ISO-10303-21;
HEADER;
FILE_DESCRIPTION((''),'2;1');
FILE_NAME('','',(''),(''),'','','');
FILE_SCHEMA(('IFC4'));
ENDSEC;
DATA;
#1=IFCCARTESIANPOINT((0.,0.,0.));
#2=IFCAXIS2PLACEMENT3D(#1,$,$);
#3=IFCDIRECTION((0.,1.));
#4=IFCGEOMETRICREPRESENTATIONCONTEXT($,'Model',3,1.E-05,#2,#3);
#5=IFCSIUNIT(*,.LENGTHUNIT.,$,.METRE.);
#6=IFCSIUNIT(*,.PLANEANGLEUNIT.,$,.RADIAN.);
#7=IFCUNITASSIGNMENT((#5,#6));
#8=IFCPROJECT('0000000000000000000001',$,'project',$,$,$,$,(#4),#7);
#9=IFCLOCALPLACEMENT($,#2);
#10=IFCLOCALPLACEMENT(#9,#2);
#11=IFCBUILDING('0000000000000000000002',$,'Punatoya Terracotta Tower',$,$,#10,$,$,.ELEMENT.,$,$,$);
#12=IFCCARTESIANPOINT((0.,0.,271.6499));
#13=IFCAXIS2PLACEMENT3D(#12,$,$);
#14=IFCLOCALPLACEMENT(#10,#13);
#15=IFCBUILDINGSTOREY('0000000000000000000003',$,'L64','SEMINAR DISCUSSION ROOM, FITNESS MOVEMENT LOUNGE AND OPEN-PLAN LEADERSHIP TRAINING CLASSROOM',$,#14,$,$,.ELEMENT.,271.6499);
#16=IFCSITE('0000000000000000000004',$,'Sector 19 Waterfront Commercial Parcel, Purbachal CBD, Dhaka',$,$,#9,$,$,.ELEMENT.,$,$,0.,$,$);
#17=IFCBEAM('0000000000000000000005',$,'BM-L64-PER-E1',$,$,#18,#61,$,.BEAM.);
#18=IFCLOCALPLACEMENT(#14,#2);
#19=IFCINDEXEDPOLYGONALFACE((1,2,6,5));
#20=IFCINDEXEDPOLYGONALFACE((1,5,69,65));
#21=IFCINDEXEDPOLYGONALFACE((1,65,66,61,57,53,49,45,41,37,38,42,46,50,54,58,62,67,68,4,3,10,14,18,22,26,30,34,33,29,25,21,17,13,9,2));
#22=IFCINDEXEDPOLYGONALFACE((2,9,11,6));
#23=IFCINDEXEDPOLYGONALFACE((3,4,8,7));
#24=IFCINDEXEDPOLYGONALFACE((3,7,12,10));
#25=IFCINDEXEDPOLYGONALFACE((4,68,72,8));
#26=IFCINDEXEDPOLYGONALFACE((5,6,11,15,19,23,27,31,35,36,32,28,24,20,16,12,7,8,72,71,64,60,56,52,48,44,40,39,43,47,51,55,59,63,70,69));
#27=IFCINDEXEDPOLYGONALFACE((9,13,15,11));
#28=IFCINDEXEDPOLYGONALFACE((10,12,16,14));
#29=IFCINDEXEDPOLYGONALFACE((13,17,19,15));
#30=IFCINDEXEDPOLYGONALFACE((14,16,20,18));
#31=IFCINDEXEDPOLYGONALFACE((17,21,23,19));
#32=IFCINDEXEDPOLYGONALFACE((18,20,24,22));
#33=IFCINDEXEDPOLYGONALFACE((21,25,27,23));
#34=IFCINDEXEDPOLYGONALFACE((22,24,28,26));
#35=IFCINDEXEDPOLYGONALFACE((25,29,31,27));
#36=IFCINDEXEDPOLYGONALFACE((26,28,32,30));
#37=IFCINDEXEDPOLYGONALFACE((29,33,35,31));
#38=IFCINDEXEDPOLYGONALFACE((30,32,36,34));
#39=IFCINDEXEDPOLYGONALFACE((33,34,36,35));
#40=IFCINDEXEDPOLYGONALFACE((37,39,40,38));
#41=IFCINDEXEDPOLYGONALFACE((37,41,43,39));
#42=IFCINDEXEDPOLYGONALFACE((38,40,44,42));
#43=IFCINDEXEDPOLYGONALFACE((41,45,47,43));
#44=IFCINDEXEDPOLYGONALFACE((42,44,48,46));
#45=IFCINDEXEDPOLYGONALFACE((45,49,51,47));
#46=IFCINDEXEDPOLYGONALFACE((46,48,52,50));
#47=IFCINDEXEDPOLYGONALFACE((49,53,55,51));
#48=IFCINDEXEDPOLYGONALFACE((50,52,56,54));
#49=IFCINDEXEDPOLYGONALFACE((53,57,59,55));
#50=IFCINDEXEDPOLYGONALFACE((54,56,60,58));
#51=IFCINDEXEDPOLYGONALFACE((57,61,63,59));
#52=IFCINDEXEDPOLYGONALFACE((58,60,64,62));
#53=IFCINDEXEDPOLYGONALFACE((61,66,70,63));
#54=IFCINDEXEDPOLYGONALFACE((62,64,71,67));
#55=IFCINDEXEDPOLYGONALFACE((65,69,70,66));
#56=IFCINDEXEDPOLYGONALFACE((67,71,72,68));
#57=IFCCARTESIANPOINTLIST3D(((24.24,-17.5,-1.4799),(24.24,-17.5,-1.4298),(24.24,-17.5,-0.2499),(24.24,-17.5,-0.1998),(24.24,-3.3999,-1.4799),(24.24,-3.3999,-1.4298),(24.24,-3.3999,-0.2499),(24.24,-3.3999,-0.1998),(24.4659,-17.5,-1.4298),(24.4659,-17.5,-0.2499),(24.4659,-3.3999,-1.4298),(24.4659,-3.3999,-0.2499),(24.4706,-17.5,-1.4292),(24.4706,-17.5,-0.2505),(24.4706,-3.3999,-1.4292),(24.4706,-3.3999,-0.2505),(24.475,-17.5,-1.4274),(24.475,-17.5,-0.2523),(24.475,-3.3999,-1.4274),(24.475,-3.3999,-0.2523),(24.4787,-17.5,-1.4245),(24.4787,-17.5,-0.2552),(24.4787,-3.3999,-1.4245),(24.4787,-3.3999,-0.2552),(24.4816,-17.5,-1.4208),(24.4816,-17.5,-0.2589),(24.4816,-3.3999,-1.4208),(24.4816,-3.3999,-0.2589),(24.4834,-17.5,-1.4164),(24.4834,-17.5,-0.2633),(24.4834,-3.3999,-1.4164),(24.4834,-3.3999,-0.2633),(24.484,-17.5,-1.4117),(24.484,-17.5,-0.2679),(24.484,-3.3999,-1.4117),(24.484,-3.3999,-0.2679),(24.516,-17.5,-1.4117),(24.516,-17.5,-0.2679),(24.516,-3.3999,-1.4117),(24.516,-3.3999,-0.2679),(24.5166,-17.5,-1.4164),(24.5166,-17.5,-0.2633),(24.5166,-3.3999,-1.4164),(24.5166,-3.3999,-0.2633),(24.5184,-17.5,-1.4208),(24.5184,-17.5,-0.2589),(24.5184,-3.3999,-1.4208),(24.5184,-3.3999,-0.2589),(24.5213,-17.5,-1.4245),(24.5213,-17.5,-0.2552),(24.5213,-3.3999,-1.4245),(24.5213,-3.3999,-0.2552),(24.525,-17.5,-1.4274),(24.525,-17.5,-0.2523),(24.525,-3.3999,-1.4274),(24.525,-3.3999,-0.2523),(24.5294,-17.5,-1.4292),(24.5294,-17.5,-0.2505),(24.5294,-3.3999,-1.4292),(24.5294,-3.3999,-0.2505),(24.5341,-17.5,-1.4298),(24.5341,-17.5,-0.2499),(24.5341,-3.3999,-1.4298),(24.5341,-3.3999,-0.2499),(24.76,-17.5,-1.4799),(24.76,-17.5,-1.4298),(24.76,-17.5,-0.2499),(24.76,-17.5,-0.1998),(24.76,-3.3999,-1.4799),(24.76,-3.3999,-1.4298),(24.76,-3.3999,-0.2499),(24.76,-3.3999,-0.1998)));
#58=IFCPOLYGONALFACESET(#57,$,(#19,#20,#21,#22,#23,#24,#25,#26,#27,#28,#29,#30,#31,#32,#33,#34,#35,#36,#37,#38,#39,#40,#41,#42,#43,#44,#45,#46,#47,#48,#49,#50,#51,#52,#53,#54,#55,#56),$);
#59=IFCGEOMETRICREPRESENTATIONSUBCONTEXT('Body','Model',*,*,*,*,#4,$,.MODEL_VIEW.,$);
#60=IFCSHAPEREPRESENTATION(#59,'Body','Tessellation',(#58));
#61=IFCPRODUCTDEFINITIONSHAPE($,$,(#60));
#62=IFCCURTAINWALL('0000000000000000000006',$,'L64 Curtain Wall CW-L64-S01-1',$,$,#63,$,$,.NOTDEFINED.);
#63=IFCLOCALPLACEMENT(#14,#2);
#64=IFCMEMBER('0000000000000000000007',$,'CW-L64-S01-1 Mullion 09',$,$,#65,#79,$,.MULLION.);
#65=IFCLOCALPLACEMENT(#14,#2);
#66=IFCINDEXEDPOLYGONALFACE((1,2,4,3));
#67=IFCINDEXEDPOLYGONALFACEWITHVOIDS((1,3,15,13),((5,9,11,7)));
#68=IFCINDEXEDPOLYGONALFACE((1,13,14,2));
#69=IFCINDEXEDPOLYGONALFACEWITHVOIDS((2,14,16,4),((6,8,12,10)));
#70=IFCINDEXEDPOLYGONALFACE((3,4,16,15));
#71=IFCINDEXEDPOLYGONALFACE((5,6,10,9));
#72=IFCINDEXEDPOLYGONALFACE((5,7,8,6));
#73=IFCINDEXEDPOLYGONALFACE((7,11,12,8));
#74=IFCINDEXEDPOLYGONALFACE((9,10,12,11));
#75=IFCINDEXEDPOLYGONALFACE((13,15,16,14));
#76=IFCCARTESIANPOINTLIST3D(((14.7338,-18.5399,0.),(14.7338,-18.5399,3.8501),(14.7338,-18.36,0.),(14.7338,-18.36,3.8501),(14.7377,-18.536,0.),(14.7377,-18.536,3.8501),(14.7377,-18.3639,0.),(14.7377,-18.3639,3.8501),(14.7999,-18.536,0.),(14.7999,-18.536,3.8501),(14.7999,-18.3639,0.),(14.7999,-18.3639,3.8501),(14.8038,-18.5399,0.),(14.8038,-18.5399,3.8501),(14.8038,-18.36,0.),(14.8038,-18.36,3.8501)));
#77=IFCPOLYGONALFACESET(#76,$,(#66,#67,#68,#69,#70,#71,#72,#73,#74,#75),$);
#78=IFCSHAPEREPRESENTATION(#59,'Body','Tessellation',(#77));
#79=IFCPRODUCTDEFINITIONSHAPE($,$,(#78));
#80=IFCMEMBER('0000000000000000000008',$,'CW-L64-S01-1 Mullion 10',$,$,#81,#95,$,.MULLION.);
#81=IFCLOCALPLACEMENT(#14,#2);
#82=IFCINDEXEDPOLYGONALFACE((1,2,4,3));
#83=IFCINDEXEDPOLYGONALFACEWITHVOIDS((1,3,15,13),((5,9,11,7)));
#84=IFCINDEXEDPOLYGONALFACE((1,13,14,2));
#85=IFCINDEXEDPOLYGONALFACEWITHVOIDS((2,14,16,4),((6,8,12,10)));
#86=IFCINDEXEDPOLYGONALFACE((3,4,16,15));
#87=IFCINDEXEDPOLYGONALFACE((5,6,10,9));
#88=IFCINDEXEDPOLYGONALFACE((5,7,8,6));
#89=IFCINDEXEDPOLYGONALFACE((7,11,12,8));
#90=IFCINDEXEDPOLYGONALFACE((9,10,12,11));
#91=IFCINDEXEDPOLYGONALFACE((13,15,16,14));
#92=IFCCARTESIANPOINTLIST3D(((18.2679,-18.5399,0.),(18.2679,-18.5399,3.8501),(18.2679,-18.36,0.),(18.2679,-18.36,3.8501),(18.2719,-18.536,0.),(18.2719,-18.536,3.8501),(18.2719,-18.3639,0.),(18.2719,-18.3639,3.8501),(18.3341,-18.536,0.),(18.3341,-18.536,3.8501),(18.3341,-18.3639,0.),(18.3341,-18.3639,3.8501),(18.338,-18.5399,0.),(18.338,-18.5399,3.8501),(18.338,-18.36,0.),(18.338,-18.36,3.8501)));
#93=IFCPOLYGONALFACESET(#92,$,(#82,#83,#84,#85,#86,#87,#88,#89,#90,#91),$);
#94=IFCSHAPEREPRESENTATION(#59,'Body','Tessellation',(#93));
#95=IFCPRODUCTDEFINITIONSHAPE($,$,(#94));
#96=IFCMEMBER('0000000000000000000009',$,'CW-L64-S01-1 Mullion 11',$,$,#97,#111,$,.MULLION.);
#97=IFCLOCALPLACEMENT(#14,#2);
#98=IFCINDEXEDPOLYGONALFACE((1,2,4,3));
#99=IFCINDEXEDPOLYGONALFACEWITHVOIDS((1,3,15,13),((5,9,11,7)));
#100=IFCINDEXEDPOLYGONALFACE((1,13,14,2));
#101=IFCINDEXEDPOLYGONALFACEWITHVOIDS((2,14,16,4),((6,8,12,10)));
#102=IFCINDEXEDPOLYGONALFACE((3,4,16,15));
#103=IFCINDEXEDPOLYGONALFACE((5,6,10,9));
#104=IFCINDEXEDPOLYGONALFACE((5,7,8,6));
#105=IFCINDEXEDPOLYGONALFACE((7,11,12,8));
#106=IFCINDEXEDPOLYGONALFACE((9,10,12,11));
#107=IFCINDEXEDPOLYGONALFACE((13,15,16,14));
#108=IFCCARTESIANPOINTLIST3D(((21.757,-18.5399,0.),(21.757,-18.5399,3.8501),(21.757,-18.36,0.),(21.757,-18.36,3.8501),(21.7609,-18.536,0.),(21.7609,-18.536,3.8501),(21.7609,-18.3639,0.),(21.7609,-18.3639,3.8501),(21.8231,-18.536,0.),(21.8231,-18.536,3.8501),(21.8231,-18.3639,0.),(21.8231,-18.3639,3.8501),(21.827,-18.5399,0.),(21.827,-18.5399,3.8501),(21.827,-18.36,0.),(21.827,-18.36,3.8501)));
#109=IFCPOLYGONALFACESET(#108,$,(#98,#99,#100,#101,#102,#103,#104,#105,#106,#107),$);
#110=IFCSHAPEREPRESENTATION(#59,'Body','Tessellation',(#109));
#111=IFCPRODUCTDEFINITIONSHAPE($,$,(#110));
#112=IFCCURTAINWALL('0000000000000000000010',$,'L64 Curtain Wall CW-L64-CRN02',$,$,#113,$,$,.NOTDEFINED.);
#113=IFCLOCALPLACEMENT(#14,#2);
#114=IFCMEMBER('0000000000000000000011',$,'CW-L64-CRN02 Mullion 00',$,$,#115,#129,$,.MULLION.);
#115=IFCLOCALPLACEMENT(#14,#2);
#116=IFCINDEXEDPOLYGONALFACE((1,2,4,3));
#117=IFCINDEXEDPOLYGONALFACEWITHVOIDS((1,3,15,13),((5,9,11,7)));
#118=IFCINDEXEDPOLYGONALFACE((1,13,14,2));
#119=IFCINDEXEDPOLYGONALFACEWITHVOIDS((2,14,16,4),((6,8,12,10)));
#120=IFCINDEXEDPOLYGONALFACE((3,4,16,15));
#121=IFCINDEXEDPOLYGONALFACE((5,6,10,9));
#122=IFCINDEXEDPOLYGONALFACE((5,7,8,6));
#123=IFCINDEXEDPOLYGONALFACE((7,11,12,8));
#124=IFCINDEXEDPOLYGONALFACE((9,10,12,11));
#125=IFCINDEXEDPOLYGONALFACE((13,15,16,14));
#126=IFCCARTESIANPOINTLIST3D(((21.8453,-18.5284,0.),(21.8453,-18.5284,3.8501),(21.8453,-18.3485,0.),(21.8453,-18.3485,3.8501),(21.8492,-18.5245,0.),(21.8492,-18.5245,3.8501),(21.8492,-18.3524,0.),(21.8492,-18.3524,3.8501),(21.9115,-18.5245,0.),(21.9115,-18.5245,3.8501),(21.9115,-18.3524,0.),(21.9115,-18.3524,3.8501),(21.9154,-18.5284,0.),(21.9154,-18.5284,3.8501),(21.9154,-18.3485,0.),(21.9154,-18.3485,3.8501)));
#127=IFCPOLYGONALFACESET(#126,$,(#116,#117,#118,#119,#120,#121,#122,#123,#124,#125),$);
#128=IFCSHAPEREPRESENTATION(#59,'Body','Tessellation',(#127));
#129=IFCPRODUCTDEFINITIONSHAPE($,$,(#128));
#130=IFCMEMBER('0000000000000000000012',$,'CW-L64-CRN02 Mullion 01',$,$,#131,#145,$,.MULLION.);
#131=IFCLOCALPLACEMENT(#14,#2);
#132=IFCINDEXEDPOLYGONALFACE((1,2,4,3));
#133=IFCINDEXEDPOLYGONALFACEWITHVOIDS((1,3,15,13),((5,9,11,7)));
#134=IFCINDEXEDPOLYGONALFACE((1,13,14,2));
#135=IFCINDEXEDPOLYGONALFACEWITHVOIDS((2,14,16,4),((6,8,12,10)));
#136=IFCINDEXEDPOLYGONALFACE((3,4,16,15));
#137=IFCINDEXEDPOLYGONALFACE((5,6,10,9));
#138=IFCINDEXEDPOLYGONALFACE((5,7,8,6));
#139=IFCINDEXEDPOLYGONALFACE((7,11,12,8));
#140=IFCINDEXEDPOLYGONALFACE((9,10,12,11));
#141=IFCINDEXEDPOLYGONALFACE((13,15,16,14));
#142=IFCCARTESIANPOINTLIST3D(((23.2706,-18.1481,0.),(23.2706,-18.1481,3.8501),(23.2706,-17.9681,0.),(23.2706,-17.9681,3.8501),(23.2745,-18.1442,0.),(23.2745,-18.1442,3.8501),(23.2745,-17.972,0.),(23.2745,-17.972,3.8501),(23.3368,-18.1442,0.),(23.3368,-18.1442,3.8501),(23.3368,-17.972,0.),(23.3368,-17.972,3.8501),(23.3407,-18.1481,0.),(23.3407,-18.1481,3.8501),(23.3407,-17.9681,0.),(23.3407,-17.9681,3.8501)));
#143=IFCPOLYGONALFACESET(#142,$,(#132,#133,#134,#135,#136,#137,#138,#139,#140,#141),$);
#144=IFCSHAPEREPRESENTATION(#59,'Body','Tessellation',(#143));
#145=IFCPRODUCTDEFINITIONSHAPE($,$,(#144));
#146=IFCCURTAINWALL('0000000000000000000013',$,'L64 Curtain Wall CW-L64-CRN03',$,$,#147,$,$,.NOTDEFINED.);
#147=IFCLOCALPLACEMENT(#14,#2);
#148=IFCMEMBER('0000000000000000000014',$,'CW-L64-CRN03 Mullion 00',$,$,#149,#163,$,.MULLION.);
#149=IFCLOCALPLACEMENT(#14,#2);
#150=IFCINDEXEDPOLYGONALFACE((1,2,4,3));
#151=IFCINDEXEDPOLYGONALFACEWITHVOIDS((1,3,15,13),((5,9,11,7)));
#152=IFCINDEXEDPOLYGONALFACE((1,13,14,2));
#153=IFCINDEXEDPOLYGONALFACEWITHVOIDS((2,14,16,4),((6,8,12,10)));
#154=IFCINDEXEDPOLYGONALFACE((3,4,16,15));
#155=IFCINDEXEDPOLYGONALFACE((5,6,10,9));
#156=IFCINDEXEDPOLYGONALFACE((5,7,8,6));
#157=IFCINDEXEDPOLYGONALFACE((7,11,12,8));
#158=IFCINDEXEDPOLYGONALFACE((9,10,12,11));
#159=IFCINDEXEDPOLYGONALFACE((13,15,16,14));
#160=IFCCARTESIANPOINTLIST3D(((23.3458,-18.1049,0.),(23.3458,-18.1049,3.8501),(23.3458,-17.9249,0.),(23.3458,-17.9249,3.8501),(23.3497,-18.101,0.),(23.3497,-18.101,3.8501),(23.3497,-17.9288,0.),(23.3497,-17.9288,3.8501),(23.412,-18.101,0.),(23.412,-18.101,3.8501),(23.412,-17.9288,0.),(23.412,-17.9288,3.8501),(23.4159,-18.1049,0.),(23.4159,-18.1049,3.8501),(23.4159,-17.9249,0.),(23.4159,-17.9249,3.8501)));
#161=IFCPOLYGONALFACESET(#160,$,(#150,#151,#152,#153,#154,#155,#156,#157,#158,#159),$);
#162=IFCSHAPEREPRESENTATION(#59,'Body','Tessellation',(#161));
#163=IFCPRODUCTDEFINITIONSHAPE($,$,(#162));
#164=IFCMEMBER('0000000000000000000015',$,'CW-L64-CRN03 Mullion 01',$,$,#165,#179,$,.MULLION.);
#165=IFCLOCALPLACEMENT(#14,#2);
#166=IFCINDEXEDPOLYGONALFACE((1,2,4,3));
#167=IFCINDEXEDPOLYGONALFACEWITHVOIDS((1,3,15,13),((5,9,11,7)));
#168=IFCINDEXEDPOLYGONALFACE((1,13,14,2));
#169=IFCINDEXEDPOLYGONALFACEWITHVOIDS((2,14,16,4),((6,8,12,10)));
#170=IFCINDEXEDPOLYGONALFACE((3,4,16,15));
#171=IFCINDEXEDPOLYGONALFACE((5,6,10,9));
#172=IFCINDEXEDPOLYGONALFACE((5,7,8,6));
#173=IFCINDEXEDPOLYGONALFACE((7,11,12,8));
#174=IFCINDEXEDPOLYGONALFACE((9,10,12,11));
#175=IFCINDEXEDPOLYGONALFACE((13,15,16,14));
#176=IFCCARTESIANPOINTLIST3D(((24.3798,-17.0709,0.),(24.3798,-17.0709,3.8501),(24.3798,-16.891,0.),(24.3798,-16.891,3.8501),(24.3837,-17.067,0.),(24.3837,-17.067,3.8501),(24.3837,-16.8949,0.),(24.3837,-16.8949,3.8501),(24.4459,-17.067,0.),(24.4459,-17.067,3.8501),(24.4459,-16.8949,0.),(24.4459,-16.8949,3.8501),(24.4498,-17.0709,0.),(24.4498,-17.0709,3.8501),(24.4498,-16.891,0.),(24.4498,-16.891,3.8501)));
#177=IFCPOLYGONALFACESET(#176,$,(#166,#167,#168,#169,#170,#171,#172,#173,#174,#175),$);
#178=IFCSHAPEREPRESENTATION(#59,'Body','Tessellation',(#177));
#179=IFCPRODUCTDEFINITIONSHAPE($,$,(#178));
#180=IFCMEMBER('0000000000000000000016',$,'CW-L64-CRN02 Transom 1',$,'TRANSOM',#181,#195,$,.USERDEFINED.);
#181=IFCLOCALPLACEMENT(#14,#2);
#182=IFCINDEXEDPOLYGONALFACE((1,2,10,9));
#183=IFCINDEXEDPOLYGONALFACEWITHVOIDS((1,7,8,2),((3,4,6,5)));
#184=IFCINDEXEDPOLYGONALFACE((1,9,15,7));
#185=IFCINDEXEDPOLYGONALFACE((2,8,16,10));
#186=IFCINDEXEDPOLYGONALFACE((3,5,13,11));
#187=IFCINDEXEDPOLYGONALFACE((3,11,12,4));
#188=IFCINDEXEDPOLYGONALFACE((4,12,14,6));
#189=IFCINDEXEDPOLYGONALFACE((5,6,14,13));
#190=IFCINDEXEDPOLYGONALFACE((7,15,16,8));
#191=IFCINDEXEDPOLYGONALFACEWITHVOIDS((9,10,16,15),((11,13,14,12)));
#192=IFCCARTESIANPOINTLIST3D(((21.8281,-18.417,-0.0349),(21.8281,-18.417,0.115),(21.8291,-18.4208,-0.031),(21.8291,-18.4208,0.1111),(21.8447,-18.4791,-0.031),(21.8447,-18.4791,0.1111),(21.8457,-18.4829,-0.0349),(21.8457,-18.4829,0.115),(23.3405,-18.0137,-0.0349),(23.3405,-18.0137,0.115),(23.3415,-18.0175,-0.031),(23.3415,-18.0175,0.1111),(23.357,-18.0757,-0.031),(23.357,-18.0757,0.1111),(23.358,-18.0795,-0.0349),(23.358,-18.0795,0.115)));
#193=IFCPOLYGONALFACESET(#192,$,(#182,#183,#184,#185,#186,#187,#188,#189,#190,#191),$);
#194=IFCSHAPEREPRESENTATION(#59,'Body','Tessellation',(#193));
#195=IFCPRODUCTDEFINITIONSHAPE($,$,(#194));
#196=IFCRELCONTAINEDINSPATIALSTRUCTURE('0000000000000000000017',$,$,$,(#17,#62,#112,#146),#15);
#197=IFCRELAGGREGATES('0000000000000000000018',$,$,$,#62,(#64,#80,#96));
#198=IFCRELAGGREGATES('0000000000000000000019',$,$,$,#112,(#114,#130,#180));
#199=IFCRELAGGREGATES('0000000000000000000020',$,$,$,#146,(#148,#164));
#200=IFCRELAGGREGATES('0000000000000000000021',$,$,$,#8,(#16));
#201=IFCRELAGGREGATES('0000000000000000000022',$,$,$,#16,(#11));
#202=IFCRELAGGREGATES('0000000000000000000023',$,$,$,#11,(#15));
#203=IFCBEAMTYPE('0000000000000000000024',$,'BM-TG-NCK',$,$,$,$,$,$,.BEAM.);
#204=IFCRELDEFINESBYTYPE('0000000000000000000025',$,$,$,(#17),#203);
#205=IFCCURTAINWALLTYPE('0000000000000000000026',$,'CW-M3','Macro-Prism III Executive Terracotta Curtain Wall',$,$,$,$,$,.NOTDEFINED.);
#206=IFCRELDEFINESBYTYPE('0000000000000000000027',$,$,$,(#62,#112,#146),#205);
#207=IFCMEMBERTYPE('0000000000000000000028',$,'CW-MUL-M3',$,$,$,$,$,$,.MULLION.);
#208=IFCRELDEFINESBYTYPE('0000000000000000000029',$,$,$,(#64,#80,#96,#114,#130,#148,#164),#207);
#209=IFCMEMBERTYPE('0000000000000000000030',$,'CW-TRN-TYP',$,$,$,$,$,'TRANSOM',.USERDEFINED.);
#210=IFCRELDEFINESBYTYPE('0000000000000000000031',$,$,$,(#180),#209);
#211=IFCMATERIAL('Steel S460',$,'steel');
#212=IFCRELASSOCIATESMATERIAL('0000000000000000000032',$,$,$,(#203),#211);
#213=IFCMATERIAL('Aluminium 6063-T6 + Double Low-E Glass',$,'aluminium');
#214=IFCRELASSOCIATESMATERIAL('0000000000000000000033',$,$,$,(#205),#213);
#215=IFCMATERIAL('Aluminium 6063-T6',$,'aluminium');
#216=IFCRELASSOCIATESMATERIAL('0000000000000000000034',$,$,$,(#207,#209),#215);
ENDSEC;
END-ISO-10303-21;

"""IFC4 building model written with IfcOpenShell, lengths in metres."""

from ifc_helpers import new_model, si_unit, direction, frame, origin, origin_2d, place, context, subcontext, project, spatial, hollow_rectangle, i_section, extrude, material, material_profile, profile_set, type_object, element, aggregate, save


model = new_model("IFC4")

# Units and contexts
model_context = context("Model", 3, precision=1e-05, world=origin(), true_north=direction((0.0, 1.0)))
body_context = subcontext(model_context, "Body", "Model", "MODEL_VIEW")
ifc_project = project(units=[si_unit("LENGTHUNIT", "METRE"), si_unit("PLANEANGLEUNIT", "RADIAN")], contexts=[model_context])

# Site, building, storey
site_placement = place(None, origin())
site = spatial("IfcSite", under=ifc_project, at=site_placement, Name="Sector 19 Waterfront Commercial Parcel, Purbachal CBD, Dhaka", CompositionType="ELEMENT", RefElevation=0.0)
building_placement = place(site_placement, origin())
building = spatial("IfcBuilding", under=site, at=building_placement, Name="Punatoya Terracotta Tower", CompositionType="ELEMENT")
storey_placement = place(building_placement, frame((0.0, 0.0, 271.6499)))
storey = spatial("IfcBuildingStorey", under=building, at=storey_placement, Name="L64", Description="SEMINAR DISCUSSION ROOM, FITNESS MOVEMENT LOUNGE AND OPEN-PLAN LEADERSHIP TRAINING CLASSROOM", CompositionType="ELEMENT", Elevation=271.6499)

# Shared definitions
ifc_material_1 = material(Name="Steel S460", Category="steel")

# Beam
ifc_material_profile_1 = material_profile(ifc_material_1, i_section(OverallWidth=0.52, OverallDepth=1.28, WebThickness=0.032, FlangeThickness=0.05, FilletRadius=0.0181, at=origin_2d()))
ifc_profile_set_1 = profile_set([ifc_material_profile_1], Name="Steel S460")
beam_type_1 = type_object("IfcBeamType", Name="BM-TG-NCK", PredefinedType="BEAM", material=ifc_profile_set_1)
beam_1_placement = place(storey_placement, frame((24.5, -17.5, -0.8398), z_axis=(0.0, 1.0, 0.0), x_axis=(-1.0, 0.0, 0.0)))
element("IfcBeam", 1, at=beam_1_placement, inside=storey, type_object=beam_type_1, Name="BM-L64-PER-E1", PredefinedType="BEAM", context=body_context, shape_type="SweptSolid", body=[
    extrude(i_section(OverallWidth=0.52, OverallDepth=1.28, WebThickness=0.032, FlangeThickness=0.05, FilletRadius=0.0181, at=origin_2d()), origin(), (0.0, 0.0, 1.0), 14.1001),
])

# Curtain walls, members
ifc_material_2 = material(Name="Aluminium 6063-T6 + Double Low-E Glass", Category="aluminium")
curtain_wall_type = type_object("IfcCurtainWallType", Name="CW-M3", Description="Macro-Prism III Executive Terracotta Curtain Wall", PredefinedType="NOTDEFINED", material=ifc_material_2)
curtain_wall_1_placement = place(storey_placement, origin())
curtain_wall_1 = element("IfcCurtainWall", 2, at=curtain_wall_1_placement, inside=storey, type_object=curtain_wall_type, Name="L64 Curtain Wall CW-L64-S01-1", PredefinedType="NOTDEFINED")
ifc_material_3 = material(Name="Aluminium 6063-T6", Category="aluminium")
ifc_material_profile_2 = material_profile(ifc_material_3, hollow_rectangle(XDim=0.0701, YDim=0.1799, WallThickness=0.0039, at=origin_2d()))
ifc_profile_set_2 = profile_set([ifc_material_profile_2], Name="Aluminium 6063-T6")
member_type_1 = type_object("IfcMemberType", Name="CW-MUL-M3", PredefinedType="MULLION", material=ifc_profile_set_2)
member_1_placement = place(storey_placement, frame((14.7688, -18.45, 0.0), z_axis=(0.0, 0.0, 1.0), x_axis=(1.0, 0.0, 0.0)))
member_1 = element("IfcMember", 3, at=member_1_placement, type_object=member_type_1, Name="CW-L64-S01-1 Mullion 09", PredefinedType="MULLION", context=body_context, shape_type="SweptSolid", body=[
    extrude(hollow_rectangle(XDim=0.0701, YDim=0.1799, WallThickness=0.0039, at=origin_2d()), origin(), (0.0, 0.0, 1.0), 3.8501),
])
member_2_placement = place(storey_placement, frame((18.303, -18.45, 0.0), z_axis=(0.0, 0.0, 1.0), x_axis=(1.0, 0.0, 0.0)))
member_2 = element("IfcMember", 4, at=member_2_placement, type_object=member_type_1, Name="CW-L64-S01-1 Mullion 10", PredefinedType="MULLION", context=body_context, shape_type="SweptSolid", body=[
    extrude(hollow_rectangle(XDim=0.0701, YDim=0.1799, WallThickness=0.0039, at=origin_2d()), origin(), (0.0, 0.0, 1.0), 3.8501),
])
member_3_placement = place(storey_placement, frame((21.792, -18.45, 0.0), z_axis=(0.0, 0.0, 1.0), x_axis=(1.0, 0.0, 0.0)))
member_3 = element("IfcMember", 5, at=member_3_placement, type_object=member_type_1, Name="CW-L64-S01-1 Mullion 11", PredefinedType="MULLION", context=body_context, shape_type="SweptSolid", body=[
    extrude(hollow_rectangle(XDim=0.0701, YDim=0.1799, WallThickness=0.0039, at=origin_2d()), origin(), (0.0, 0.0, 1.0), 3.8501),
])
curtain_wall_2_placement = place(storey_placement, origin())
curtain_wall_2 = element("IfcCurtainWall", 6, at=curtain_wall_2_placement, inside=storey, type_object=curtain_wall_type, Name="L64 Curtain Wall CW-L64-CRN02", PredefinedType="NOTDEFINED")
member_4_placement = place(storey_placement, frame((21.8804, -18.4385, 0.0), z_axis=(0.0, 0.0, 1.0), x_axis=(1.0, 0.0, 0.0)))
member_4 = element("IfcMember", 7, at=member_4_placement, type_object=member_type_1, Name="CW-L64-CRN02 Mullion 00", PredefinedType="MULLION", context=body_context, shape_type="SweptSolid", body=[
    extrude(hollow_rectangle(XDim=0.0701, YDim=0.1799, WallThickness=0.0039, at=origin_2d()), origin(), (0.0, 0.0, 1.0), 3.8501),
])
member_5_placement = place(storey_placement, frame((23.3057, -18.0581, 0.0), z_axis=(0.0, 0.0, 1.0), x_axis=(1.0, 0.0, 0.0)))
member_5 = element("IfcMember", 8, at=member_5_placement, type_object=member_type_1, Name="CW-L64-CRN02 Mullion 01", PredefinedType="MULLION", context=body_context, shape_type="SweptSolid", body=[
    extrude(hollow_rectangle(XDim=0.0701, YDim=0.1799, WallThickness=0.0039, at=origin_2d()), origin(), (0.0, 0.0, 1.0), 3.8501),
])
curtain_wall_3_placement = place(storey_placement, origin())
curtain_wall_3 = element("IfcCurtainWall", 9, at=curtain_wall_3_placement, inside=storey, type_object=curtain_wall_type, Name="L64 Curtain Wall CW-L64-CRN03", PredefinedType="NOTDEFINED")
member_6_placement = place(storey_placement, frame((23.3809, -18.0149, 0.0), z_axis=(0.0, 0.0, 1.0), x_axis=(1.0, 0.0, 0.0)))
member_6 = element("IfcMember", 10, at=member_6_placement, type_object=member_type_1, Name="CW-L64-CRN03 Mullion 00", PredefinedType="MULLION", context=body_context, shape_type="SweptSolid", body=[
    extrude(hollow_rectangle(XDim=0.0701, YDim=0.1799, WallThickness=0.0039, at=origin_2d()), origin(), (0.0, 0.0, 1.0), 3.8501),
])
member_7_placement = place(storey_placement, frame((24.4148, -16.981, 0.0), z_axis=(0.0, 0.0, 1.0), x_axis=(1.0, 0.0, 0.0)))
member_7 = element("IfcMember", 11, at=member_7_placement, type_object=member_type_1, Name="CW-L64-CRN03 Mullion 01", PredefinedType="MULLION", context=body_context, shape_type="SweptSolid", body=[
    extrude(hollow_rectangle(XDim=0.0701, YDim=0.1799, WallThickness=0.0039, at=origin_2d()), origin(), (0.0, 0.0, 1.0), 3.8501),
])

# Member
ifc_material_profile_3 = material_profile(ifc_material_3, hollow_rectangle(XDim=0.0681, YDim=0.1499, WallThickness=0.0039, at=origin_2d()))
ifc_profile_set_3 = profile_set([ifc_material_profile_3], Name="Aluminium 6063-T6")
member_type_2 = type_object("IfcMemberType", Name="CW-TRN-TYP", ElementType="TRANSOM", PredefinedType="USERDEFINED", material=ifc_profile_set_3)
member_8_placement = place(storey_placement, frame((21.8369, -18.45, 0.04), z_axis=(0.966225, 0.257701, 0.0), x_axis=(-0.257701, 0.966225, 0.0)))
member_8 = element("IfcMember", 12, at=member_8_placement, type_object=member_type_2, Name="CW-L64-CRN02 Transom 1", ObjectType="TRANSOM", PredefinedType="USERDEFINED", context=body_context, shape_type="SweptSolid", body=[
    extrude(hollow_rectangle(XDim=0.0681, YDim=0.1499, WallThickness=0.0039, at=origin_2d()), origin(), (0.0, 0.0, 1.0), 1.5652),
])

aggregate(curtain_wall_1, [member_1, member_2, member_3])
aggregate(curtain_wall_2, [member_4, member_5, member_8])
aggregate(curtain_wall_3, [member_6, member_7])

save(model, "model.ifc")
